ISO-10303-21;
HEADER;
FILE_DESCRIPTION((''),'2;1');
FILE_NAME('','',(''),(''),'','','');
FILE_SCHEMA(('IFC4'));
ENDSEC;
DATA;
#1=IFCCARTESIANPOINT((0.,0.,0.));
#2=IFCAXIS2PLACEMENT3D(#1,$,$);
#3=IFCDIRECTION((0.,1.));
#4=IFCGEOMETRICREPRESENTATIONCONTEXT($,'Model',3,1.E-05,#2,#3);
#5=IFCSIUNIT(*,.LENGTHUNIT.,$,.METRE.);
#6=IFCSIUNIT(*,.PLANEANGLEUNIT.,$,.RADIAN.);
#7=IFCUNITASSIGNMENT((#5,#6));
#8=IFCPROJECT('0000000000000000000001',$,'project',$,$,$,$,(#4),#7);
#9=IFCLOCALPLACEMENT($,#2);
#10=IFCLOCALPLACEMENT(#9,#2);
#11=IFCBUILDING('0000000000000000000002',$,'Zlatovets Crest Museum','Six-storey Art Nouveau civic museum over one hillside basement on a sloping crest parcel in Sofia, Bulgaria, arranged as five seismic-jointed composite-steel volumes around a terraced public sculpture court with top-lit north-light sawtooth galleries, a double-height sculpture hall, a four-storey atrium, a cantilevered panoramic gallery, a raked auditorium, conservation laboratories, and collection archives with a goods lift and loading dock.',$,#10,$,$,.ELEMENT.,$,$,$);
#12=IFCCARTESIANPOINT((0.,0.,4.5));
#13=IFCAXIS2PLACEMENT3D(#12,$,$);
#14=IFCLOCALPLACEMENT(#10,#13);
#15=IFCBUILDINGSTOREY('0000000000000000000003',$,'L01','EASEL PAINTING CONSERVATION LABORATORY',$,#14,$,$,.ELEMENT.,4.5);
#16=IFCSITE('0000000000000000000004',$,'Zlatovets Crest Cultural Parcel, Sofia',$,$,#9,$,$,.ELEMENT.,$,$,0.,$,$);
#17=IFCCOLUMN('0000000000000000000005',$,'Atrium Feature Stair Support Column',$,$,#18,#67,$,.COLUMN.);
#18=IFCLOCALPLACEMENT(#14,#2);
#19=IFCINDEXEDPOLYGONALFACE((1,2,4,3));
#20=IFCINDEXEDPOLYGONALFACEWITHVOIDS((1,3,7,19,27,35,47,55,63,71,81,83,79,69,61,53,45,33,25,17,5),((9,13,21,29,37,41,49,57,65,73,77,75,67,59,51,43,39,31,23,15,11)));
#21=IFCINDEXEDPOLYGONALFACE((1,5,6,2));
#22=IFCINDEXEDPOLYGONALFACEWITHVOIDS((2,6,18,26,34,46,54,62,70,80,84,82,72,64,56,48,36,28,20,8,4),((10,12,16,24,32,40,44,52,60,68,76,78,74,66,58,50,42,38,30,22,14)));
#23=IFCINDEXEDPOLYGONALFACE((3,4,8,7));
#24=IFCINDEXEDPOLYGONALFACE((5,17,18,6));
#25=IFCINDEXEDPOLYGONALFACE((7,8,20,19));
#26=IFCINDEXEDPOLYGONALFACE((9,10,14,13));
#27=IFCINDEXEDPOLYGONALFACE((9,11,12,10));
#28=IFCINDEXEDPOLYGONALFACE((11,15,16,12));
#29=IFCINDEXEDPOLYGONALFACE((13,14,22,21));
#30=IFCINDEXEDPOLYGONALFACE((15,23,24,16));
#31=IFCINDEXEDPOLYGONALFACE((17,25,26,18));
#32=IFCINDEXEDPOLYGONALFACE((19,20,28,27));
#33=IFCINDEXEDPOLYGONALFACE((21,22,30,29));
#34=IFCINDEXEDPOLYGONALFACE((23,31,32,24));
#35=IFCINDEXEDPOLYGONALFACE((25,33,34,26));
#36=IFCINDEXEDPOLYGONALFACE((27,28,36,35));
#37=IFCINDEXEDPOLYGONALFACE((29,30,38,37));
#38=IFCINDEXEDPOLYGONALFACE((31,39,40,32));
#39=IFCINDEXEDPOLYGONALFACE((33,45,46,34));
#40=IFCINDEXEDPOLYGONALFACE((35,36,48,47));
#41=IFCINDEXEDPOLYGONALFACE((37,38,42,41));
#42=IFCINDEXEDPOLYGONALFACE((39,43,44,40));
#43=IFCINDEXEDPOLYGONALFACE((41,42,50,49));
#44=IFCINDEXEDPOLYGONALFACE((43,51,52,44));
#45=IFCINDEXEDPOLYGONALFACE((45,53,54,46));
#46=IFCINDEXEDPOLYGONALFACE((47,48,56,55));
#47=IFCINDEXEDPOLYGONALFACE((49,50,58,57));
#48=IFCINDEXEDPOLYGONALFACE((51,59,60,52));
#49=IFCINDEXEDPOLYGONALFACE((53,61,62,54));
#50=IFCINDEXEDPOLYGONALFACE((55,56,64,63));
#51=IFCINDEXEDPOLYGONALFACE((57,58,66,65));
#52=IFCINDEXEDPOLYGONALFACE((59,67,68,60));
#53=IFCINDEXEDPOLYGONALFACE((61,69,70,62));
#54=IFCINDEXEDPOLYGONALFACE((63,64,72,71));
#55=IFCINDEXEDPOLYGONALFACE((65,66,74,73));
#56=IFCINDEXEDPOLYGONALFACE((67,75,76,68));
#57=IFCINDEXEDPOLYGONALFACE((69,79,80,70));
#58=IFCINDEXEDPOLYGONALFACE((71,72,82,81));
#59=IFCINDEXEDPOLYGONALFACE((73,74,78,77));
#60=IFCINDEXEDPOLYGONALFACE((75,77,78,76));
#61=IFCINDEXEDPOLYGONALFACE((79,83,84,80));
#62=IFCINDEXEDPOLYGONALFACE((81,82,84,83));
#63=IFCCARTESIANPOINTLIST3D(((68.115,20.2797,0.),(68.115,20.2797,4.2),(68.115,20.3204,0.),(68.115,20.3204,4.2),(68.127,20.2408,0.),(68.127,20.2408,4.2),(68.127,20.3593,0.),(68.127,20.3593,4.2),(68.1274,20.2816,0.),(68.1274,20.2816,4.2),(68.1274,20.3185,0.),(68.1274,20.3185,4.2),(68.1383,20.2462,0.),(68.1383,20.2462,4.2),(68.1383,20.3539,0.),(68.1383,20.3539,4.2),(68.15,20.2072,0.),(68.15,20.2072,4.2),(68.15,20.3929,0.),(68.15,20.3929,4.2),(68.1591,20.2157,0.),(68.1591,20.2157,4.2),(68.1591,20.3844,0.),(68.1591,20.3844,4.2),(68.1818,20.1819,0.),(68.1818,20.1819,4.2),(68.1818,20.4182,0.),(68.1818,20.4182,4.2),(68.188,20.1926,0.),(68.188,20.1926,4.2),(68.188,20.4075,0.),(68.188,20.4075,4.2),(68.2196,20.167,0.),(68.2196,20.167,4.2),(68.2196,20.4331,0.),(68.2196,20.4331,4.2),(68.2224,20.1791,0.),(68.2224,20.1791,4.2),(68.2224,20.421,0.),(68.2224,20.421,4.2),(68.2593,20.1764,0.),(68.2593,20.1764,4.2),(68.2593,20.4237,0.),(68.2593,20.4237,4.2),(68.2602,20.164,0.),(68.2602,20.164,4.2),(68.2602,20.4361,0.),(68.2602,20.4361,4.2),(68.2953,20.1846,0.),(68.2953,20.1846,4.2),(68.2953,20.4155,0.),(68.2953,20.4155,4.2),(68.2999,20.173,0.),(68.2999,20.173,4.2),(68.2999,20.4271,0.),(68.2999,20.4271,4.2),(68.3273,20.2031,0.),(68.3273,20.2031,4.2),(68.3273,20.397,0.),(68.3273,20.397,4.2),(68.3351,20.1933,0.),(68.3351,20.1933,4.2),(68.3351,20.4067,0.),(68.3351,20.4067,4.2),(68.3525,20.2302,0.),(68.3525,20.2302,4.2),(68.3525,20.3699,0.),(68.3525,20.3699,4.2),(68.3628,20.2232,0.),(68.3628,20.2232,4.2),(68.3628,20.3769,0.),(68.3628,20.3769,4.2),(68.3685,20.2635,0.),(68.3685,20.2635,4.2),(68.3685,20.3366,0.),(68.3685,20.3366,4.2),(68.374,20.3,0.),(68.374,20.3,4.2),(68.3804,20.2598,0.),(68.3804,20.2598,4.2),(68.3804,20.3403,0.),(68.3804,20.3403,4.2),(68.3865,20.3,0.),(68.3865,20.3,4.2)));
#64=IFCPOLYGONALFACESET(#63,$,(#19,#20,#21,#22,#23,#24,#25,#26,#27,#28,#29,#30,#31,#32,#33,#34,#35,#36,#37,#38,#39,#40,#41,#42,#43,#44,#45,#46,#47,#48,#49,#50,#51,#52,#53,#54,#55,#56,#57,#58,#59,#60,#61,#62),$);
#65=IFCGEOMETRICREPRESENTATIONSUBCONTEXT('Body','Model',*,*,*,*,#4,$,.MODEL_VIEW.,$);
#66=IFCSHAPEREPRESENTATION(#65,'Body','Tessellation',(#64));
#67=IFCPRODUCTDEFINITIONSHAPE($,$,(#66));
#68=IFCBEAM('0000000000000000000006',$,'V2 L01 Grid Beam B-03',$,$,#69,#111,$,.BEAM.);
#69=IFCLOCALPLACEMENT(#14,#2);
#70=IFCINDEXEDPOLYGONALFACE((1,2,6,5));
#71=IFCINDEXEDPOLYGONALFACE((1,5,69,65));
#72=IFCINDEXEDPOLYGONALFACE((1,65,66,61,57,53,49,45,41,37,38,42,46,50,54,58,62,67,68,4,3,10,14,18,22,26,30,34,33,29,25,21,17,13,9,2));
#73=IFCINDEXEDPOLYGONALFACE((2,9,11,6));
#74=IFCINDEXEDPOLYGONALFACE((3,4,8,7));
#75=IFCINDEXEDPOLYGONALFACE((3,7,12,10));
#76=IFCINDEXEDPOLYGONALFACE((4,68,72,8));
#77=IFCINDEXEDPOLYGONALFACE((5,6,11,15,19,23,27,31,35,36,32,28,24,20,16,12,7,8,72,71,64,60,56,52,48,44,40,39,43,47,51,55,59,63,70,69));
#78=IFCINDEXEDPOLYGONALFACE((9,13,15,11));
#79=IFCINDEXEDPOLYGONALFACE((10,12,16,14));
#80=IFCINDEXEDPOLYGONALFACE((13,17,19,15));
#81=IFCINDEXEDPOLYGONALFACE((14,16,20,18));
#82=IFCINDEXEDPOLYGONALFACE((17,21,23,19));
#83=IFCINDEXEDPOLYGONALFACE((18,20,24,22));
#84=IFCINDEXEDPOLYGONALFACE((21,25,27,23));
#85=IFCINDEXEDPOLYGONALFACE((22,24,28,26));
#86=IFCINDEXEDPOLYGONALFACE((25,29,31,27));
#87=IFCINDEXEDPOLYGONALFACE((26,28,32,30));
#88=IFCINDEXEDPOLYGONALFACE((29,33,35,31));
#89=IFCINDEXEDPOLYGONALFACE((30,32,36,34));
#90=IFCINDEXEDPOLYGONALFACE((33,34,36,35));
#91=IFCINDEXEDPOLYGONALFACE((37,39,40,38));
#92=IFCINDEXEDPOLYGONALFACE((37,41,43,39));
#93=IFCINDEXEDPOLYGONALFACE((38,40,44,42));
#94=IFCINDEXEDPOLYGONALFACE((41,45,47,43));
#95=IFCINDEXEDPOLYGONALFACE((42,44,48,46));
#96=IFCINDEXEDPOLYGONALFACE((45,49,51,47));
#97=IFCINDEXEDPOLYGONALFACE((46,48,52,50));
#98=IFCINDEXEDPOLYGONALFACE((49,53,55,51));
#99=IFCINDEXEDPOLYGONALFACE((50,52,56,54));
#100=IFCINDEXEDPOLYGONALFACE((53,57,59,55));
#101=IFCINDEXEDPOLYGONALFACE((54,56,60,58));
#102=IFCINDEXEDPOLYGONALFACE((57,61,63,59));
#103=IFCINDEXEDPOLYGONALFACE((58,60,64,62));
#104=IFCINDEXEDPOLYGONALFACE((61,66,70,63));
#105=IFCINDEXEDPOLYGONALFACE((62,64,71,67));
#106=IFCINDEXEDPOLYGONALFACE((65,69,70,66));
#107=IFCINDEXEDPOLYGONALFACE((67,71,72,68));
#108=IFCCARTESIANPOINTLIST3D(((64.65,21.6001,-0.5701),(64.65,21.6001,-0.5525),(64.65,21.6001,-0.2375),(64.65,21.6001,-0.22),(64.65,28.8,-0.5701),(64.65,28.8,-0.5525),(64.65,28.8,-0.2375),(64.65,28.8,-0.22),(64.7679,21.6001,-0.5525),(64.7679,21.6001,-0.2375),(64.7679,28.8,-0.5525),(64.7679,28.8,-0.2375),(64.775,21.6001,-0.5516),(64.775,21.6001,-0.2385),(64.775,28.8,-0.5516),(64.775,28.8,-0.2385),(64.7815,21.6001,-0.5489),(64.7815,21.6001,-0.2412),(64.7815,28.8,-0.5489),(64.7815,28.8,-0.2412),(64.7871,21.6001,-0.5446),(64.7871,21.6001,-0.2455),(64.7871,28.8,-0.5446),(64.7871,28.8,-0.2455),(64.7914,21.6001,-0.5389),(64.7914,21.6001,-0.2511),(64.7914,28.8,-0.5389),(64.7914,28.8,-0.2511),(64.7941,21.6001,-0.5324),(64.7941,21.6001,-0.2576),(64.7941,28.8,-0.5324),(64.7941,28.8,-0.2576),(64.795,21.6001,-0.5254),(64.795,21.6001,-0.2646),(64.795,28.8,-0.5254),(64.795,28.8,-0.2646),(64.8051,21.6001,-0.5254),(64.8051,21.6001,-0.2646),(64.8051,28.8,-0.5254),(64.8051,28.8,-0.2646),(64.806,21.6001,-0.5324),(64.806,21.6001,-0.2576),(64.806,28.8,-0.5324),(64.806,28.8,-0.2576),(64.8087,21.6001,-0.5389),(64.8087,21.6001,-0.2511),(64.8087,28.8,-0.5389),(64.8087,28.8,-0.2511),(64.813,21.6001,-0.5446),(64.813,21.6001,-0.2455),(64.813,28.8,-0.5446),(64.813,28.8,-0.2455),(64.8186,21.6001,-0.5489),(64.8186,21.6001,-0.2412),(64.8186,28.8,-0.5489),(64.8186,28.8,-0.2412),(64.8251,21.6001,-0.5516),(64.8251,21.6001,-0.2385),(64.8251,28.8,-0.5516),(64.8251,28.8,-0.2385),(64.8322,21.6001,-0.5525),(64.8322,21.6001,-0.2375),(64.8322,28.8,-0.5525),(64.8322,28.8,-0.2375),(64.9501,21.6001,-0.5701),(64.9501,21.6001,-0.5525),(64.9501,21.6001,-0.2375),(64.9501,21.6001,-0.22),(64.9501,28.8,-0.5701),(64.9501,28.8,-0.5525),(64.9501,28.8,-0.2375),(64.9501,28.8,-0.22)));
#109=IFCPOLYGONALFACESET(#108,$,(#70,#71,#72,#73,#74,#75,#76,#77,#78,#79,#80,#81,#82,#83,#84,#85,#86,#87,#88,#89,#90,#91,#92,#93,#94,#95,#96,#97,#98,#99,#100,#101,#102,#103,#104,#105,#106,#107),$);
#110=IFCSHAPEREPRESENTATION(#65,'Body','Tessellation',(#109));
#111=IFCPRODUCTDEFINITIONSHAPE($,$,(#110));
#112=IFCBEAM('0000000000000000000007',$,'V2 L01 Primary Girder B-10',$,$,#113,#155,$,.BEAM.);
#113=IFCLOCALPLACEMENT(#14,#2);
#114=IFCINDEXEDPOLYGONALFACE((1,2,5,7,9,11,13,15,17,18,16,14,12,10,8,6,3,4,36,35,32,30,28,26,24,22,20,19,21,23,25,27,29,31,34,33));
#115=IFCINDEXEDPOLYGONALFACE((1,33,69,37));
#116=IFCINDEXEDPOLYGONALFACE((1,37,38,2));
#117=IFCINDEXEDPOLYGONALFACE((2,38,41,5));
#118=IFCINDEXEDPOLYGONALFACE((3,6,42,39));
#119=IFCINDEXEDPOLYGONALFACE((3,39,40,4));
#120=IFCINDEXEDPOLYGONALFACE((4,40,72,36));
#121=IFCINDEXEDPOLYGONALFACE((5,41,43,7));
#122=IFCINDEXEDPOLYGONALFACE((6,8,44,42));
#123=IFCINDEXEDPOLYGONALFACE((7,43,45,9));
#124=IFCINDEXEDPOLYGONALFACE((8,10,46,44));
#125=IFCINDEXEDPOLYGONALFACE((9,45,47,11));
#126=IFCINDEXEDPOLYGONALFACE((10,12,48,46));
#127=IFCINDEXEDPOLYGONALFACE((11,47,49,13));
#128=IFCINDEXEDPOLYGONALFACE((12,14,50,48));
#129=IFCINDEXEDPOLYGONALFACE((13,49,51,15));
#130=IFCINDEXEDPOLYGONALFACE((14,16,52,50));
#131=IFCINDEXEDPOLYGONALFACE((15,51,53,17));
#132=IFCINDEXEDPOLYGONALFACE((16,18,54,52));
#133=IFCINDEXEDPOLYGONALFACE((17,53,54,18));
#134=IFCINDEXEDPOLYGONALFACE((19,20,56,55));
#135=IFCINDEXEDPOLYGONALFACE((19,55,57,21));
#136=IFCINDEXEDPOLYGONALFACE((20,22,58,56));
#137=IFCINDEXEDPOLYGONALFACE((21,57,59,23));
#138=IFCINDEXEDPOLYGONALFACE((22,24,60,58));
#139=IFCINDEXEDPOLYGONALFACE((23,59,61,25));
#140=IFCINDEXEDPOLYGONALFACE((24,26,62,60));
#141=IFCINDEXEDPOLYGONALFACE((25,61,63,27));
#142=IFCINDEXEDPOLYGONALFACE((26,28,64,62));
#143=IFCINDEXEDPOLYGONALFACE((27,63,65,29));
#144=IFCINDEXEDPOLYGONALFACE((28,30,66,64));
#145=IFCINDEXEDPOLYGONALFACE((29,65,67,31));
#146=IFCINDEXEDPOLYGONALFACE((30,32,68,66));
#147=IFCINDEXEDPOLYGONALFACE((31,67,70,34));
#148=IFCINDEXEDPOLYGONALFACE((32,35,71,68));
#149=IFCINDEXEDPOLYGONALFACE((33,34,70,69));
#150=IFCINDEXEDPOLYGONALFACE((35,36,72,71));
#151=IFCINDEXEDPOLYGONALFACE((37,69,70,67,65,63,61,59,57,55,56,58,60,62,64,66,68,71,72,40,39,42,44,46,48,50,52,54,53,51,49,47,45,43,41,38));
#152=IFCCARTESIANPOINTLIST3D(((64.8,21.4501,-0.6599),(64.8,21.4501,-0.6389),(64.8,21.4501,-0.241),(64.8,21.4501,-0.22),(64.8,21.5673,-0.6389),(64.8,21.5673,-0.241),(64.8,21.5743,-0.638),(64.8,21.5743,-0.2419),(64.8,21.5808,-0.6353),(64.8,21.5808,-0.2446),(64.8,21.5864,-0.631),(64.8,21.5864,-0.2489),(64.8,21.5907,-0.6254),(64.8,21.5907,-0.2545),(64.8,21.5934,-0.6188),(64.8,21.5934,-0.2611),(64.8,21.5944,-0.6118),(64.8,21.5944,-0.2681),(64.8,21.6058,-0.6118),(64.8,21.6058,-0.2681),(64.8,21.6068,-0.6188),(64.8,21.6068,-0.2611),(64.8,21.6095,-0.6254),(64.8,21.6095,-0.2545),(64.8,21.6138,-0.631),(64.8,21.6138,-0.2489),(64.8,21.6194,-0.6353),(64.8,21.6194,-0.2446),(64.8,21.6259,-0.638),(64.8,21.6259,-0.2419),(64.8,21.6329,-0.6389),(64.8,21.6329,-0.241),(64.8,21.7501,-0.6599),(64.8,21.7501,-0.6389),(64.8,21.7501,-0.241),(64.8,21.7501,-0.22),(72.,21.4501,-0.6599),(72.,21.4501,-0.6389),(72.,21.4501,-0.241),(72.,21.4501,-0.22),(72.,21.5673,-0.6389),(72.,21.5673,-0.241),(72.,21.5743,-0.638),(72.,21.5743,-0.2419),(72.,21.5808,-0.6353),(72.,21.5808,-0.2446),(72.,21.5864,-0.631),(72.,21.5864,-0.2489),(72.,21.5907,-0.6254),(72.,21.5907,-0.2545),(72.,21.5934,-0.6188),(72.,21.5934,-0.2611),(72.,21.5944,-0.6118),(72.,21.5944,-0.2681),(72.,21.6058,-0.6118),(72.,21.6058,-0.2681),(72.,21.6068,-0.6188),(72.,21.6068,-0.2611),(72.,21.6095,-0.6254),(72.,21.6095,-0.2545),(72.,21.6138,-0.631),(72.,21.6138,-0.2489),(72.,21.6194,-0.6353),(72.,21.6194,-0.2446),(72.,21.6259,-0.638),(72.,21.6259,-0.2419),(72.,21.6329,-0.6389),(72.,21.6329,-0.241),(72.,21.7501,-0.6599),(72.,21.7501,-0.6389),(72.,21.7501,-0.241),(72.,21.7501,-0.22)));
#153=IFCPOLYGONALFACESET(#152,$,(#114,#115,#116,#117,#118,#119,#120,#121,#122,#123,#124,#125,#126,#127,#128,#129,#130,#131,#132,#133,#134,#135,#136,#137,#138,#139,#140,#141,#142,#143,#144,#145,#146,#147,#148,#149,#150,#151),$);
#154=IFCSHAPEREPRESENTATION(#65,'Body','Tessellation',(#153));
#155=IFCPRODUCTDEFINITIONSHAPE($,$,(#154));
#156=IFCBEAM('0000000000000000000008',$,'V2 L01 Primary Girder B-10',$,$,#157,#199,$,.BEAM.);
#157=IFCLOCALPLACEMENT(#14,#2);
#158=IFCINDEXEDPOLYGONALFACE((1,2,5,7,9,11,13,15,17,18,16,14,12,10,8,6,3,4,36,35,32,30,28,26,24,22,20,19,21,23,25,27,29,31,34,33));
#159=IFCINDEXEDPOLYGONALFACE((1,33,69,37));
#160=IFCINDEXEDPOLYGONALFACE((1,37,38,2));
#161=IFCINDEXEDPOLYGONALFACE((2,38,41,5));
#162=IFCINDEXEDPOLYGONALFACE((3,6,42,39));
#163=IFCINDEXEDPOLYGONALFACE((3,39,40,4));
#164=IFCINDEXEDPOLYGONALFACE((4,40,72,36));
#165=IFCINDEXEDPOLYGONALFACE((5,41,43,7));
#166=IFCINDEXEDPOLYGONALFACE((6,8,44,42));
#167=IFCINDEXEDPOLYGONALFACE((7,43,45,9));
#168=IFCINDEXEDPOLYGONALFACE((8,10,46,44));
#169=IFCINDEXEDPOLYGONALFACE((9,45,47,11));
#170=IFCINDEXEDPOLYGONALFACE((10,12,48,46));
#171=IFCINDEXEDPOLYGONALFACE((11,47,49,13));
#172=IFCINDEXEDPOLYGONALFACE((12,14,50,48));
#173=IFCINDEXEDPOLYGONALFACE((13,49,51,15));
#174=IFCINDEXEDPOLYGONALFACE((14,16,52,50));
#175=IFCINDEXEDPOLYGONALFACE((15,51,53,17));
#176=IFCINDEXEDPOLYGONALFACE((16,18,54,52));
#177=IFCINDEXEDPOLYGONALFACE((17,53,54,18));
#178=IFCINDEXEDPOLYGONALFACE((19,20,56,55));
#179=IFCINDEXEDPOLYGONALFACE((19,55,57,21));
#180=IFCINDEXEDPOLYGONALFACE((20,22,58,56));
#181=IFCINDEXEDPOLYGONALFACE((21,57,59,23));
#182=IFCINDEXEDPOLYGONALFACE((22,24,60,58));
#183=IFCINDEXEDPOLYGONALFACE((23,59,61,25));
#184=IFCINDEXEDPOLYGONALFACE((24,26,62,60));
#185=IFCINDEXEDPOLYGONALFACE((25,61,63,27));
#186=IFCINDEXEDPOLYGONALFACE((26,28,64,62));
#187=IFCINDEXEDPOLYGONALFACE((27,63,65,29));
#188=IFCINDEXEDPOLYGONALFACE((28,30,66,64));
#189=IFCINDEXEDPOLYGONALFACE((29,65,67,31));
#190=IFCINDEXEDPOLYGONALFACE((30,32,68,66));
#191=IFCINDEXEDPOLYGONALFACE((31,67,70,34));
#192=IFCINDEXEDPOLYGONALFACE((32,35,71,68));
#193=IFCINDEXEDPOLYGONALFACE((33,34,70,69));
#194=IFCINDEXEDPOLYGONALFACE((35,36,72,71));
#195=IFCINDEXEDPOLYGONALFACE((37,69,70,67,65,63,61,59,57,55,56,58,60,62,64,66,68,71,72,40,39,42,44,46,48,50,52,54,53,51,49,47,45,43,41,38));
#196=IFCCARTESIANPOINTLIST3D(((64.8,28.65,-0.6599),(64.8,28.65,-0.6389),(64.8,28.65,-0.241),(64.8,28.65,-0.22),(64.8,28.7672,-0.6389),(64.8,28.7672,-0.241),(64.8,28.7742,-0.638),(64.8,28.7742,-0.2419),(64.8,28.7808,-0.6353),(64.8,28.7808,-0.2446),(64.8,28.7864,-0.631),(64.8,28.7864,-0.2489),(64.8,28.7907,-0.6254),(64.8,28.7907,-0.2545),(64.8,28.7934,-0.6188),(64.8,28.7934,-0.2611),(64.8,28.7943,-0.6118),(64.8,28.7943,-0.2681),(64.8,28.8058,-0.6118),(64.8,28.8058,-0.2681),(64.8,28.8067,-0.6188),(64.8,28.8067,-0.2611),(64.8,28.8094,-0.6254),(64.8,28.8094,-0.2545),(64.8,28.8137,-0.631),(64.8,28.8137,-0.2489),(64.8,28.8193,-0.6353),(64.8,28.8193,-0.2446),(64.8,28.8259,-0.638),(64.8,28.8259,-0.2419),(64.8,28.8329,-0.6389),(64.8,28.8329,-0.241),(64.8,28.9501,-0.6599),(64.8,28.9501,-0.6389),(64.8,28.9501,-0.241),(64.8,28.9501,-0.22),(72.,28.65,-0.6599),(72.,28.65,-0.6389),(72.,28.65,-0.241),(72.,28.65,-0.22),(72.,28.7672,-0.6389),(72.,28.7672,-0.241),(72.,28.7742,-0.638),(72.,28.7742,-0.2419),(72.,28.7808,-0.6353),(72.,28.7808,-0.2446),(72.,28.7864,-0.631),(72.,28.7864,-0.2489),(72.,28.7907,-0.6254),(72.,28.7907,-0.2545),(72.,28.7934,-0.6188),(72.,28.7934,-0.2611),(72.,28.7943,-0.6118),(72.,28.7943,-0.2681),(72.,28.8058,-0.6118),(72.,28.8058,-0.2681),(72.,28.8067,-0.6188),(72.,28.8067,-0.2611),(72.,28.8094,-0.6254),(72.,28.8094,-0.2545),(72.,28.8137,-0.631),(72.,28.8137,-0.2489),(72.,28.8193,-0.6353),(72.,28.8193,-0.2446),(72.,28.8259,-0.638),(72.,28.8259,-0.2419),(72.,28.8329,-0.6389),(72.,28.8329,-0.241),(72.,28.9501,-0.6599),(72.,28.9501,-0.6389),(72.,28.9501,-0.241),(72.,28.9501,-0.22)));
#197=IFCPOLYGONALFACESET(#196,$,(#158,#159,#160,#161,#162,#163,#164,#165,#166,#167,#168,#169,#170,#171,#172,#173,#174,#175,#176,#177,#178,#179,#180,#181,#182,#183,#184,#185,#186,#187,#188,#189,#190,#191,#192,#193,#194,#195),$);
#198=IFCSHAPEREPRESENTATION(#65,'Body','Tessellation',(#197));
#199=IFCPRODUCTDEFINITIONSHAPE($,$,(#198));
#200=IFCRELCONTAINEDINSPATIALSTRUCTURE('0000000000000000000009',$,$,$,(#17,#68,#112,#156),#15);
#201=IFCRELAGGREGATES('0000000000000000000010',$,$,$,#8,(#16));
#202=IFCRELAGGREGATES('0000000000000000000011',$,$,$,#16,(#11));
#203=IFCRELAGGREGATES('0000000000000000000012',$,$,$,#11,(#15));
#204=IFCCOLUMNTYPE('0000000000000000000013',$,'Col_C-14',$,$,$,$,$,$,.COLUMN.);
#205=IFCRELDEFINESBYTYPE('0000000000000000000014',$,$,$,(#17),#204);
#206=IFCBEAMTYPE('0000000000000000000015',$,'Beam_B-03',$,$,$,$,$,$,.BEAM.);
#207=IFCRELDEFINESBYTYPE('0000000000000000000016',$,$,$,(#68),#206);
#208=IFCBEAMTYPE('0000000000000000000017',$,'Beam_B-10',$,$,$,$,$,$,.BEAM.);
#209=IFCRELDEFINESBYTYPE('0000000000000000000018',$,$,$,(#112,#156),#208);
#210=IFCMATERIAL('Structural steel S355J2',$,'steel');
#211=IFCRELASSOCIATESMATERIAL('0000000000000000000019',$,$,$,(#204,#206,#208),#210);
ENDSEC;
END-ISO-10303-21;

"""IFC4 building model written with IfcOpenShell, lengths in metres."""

from ifc_helpers import new_model, si_unit, direction, frame, origin, origin_2d, place, context, subcontext, project, spatial, hollow_circle, i_section, extrude, material, material_profile, profile_set, type_object, element, save


model = new_model("IFC4")

# Units and contexts
model_context = context("Model", 3, precision=1e-05, world=origin(), true_north=direction((0.0, 1.0)))
body_context = subcontext(model_context, "Body", "Model", "MODEL_VIEW")
ifc_project = project(units=[si_unit("LENGTHUNIT", "METRE"), si_unit("PLANEANGLEUNIT", "RADIAN")], contexts=[model_context])

# Site, building, storey
site_placement = place(None, origin())
site = spatial("IfcSite", under=ifc_project, at=site_placement, Name="Zlatovets Crest Cultural Parcel, Sofia", CompositionType="ELEMENT", RefElevation=0.0)
building_placement = place(site_placement, origin())
building = spatial("IfcBuilding", under=site, at=building_placement, Name="Zlatovets Crest Museum", Description="Six-storey Art Nouveau civic museum over one hillside basement on a sloping crest parcel in Sofia, Bulgaria, arranged as five seismic-jointed composite-steel volumes around a terraced public sculpture court with top-lit north-light sawtooth galleries, a double-height sculpture hall, a four-storey atrium, a cantilevered panoramic gallery, a raked auditorium, conservation laboratories, and collection archives with a goods lift and loading dock.", CompositionType="ELEMENT")
storey_placement = place(building_placement, frame((0.0, 0.0, 4.5)))
storey = spatial("IfcBuildingStorey", under=building, at=storey_placement, Name="L01", Description="EASEL PAINTING CONSERVATION LABORATORY", CompositionType="ELEMENT", Elevation=4.5)

# Column
ifc_material_1 = material(Name="Structural steel S355J2", Category="steel")
ifc_material_profile_1 = material_profile(ifc_material_1, hollow_circle(Radius=0.1365, WallThickness=0.0125, at=origin_2d()), Name="CHS 273.0x12.5")
ifc_profile_set_1 = profile_set([ifc_material_profile_1], Name="Structural steel S355J2")
column_type_1 = type_object("IfcColumnType", Name="Col_C-14", PredefinedType="COLUMN", material=ifc_profile_set_1)
for number, where, z_axis, x_axis, name in (
    (1, (68.25, 20.3, 0.0), (0.0, 0.0, 1.0), (1.0, 0.0, 0.0), "Atrium Feature Stair Support Column"),
):
    element("IfcColumn", number, at=place(storey_placement, frame(where, z_axis=z_axis, x_axis=x_axis)), inside=storey, type_object=column_type_1, Name=name, PredefinedType="COLUMN", context=body_context, shape_type="SweptSolid", body=[
        extrude(hollow_circle(Radius=0.1365, WallThickness=0.0125, at=origin_2d()), origin(), (0.0, 0.0, 1.0), 4.2),
    ])

# Beams
ifc_material_profile_2 = material_profile(ifc_material_1, i_section(OverallWidth=0.3, OverallDepth=0.3501, WebThickness=0.01, FlangeThickness=0.0176, FilletRadius=0.0271, at=origin_2d()), Name="HEA 360")
ifc_profile_set_2 = profile_set([ifc_material_profile_2], Name="Structural steel S355J2")
beam_type_1 = type_object("IfcBeamType", Name="Beam_B-03", PredefinedType="BEAM", material=ifc_profile_set_2)
beam_1_placement = place(storey_placement, frame((64.8, 21.6001, -0.395), z_axis=(0.0, 1.0, 0.0), x_axis=(-1.0, 0.0, 0.0)))
element("IfcBeam", 2, at=beam_1_placement, inside=storey, type_object=beam_type_1, Name="V2 L01 Grid Beam B-03", PredefinedType="BEAM", context=body_context, shape_type="SweptSolid", body=[
    extrude(i_section(OverallWidth=0.3, OverallDepth=0.3501, WebThickness=0.01, FlangeThickness=0.0176, FilletRadius=0.0271, at=origin_2d()), origin(), (0.0, 0.0, 1.0), 7.2),
])
ifc_material_profile_3 = material_profile(ifc_material_1, i_section(OverallWidth=0.3, OverallDepth=0.4399, WebThickness=0.0115, FlangeThickness=0.021, FilletRadius=0.0271, at=origin_2d()), Name="HEA 450")
ifc_profile_set_3 = profile_set([ifc_material_profile_3], Name="Structural steel S355J2")
beam_type_2 = type_object("IfcBeamType", Name="Beam_B-10", PredefinedType="BEAM", material=ifc_profile_set_3)
for number, where, z_axis, x_axis, name in (
    (3, (64.8, 21.6001, -0.4399), (1.0, 0.0, 0.0), (0.0, 1.0, 0.0), "V2 L01 Primary Girder B-10"),
    (4, (64.8, 28.8, -0.4399), (1.0, 0.0, 0.0), (0.0, 1.0, 0.0), "V2 L01 Primary Girder B-10"),
):
    element("IfcBeam", number, at=place(storey_placement, frame(where, z_axis=z_axis, x_axis=x_axis)), inside=storey, type_object=beam_type_2, Name=name, PredefinedType="BEAM", context=body_context, shape_type="SweptSolid", body=[
        extrude(i_section(OverallWidth=0.3, OverallDepth=0.4399, WebThickness=0.0115, FlangeThickness=0.021, FilletRadius=0.0271, at=origin_2d()), origin(), (0.0, 0.0, 1.0), 7.2),
    ])

save(model, "model.ifc")
